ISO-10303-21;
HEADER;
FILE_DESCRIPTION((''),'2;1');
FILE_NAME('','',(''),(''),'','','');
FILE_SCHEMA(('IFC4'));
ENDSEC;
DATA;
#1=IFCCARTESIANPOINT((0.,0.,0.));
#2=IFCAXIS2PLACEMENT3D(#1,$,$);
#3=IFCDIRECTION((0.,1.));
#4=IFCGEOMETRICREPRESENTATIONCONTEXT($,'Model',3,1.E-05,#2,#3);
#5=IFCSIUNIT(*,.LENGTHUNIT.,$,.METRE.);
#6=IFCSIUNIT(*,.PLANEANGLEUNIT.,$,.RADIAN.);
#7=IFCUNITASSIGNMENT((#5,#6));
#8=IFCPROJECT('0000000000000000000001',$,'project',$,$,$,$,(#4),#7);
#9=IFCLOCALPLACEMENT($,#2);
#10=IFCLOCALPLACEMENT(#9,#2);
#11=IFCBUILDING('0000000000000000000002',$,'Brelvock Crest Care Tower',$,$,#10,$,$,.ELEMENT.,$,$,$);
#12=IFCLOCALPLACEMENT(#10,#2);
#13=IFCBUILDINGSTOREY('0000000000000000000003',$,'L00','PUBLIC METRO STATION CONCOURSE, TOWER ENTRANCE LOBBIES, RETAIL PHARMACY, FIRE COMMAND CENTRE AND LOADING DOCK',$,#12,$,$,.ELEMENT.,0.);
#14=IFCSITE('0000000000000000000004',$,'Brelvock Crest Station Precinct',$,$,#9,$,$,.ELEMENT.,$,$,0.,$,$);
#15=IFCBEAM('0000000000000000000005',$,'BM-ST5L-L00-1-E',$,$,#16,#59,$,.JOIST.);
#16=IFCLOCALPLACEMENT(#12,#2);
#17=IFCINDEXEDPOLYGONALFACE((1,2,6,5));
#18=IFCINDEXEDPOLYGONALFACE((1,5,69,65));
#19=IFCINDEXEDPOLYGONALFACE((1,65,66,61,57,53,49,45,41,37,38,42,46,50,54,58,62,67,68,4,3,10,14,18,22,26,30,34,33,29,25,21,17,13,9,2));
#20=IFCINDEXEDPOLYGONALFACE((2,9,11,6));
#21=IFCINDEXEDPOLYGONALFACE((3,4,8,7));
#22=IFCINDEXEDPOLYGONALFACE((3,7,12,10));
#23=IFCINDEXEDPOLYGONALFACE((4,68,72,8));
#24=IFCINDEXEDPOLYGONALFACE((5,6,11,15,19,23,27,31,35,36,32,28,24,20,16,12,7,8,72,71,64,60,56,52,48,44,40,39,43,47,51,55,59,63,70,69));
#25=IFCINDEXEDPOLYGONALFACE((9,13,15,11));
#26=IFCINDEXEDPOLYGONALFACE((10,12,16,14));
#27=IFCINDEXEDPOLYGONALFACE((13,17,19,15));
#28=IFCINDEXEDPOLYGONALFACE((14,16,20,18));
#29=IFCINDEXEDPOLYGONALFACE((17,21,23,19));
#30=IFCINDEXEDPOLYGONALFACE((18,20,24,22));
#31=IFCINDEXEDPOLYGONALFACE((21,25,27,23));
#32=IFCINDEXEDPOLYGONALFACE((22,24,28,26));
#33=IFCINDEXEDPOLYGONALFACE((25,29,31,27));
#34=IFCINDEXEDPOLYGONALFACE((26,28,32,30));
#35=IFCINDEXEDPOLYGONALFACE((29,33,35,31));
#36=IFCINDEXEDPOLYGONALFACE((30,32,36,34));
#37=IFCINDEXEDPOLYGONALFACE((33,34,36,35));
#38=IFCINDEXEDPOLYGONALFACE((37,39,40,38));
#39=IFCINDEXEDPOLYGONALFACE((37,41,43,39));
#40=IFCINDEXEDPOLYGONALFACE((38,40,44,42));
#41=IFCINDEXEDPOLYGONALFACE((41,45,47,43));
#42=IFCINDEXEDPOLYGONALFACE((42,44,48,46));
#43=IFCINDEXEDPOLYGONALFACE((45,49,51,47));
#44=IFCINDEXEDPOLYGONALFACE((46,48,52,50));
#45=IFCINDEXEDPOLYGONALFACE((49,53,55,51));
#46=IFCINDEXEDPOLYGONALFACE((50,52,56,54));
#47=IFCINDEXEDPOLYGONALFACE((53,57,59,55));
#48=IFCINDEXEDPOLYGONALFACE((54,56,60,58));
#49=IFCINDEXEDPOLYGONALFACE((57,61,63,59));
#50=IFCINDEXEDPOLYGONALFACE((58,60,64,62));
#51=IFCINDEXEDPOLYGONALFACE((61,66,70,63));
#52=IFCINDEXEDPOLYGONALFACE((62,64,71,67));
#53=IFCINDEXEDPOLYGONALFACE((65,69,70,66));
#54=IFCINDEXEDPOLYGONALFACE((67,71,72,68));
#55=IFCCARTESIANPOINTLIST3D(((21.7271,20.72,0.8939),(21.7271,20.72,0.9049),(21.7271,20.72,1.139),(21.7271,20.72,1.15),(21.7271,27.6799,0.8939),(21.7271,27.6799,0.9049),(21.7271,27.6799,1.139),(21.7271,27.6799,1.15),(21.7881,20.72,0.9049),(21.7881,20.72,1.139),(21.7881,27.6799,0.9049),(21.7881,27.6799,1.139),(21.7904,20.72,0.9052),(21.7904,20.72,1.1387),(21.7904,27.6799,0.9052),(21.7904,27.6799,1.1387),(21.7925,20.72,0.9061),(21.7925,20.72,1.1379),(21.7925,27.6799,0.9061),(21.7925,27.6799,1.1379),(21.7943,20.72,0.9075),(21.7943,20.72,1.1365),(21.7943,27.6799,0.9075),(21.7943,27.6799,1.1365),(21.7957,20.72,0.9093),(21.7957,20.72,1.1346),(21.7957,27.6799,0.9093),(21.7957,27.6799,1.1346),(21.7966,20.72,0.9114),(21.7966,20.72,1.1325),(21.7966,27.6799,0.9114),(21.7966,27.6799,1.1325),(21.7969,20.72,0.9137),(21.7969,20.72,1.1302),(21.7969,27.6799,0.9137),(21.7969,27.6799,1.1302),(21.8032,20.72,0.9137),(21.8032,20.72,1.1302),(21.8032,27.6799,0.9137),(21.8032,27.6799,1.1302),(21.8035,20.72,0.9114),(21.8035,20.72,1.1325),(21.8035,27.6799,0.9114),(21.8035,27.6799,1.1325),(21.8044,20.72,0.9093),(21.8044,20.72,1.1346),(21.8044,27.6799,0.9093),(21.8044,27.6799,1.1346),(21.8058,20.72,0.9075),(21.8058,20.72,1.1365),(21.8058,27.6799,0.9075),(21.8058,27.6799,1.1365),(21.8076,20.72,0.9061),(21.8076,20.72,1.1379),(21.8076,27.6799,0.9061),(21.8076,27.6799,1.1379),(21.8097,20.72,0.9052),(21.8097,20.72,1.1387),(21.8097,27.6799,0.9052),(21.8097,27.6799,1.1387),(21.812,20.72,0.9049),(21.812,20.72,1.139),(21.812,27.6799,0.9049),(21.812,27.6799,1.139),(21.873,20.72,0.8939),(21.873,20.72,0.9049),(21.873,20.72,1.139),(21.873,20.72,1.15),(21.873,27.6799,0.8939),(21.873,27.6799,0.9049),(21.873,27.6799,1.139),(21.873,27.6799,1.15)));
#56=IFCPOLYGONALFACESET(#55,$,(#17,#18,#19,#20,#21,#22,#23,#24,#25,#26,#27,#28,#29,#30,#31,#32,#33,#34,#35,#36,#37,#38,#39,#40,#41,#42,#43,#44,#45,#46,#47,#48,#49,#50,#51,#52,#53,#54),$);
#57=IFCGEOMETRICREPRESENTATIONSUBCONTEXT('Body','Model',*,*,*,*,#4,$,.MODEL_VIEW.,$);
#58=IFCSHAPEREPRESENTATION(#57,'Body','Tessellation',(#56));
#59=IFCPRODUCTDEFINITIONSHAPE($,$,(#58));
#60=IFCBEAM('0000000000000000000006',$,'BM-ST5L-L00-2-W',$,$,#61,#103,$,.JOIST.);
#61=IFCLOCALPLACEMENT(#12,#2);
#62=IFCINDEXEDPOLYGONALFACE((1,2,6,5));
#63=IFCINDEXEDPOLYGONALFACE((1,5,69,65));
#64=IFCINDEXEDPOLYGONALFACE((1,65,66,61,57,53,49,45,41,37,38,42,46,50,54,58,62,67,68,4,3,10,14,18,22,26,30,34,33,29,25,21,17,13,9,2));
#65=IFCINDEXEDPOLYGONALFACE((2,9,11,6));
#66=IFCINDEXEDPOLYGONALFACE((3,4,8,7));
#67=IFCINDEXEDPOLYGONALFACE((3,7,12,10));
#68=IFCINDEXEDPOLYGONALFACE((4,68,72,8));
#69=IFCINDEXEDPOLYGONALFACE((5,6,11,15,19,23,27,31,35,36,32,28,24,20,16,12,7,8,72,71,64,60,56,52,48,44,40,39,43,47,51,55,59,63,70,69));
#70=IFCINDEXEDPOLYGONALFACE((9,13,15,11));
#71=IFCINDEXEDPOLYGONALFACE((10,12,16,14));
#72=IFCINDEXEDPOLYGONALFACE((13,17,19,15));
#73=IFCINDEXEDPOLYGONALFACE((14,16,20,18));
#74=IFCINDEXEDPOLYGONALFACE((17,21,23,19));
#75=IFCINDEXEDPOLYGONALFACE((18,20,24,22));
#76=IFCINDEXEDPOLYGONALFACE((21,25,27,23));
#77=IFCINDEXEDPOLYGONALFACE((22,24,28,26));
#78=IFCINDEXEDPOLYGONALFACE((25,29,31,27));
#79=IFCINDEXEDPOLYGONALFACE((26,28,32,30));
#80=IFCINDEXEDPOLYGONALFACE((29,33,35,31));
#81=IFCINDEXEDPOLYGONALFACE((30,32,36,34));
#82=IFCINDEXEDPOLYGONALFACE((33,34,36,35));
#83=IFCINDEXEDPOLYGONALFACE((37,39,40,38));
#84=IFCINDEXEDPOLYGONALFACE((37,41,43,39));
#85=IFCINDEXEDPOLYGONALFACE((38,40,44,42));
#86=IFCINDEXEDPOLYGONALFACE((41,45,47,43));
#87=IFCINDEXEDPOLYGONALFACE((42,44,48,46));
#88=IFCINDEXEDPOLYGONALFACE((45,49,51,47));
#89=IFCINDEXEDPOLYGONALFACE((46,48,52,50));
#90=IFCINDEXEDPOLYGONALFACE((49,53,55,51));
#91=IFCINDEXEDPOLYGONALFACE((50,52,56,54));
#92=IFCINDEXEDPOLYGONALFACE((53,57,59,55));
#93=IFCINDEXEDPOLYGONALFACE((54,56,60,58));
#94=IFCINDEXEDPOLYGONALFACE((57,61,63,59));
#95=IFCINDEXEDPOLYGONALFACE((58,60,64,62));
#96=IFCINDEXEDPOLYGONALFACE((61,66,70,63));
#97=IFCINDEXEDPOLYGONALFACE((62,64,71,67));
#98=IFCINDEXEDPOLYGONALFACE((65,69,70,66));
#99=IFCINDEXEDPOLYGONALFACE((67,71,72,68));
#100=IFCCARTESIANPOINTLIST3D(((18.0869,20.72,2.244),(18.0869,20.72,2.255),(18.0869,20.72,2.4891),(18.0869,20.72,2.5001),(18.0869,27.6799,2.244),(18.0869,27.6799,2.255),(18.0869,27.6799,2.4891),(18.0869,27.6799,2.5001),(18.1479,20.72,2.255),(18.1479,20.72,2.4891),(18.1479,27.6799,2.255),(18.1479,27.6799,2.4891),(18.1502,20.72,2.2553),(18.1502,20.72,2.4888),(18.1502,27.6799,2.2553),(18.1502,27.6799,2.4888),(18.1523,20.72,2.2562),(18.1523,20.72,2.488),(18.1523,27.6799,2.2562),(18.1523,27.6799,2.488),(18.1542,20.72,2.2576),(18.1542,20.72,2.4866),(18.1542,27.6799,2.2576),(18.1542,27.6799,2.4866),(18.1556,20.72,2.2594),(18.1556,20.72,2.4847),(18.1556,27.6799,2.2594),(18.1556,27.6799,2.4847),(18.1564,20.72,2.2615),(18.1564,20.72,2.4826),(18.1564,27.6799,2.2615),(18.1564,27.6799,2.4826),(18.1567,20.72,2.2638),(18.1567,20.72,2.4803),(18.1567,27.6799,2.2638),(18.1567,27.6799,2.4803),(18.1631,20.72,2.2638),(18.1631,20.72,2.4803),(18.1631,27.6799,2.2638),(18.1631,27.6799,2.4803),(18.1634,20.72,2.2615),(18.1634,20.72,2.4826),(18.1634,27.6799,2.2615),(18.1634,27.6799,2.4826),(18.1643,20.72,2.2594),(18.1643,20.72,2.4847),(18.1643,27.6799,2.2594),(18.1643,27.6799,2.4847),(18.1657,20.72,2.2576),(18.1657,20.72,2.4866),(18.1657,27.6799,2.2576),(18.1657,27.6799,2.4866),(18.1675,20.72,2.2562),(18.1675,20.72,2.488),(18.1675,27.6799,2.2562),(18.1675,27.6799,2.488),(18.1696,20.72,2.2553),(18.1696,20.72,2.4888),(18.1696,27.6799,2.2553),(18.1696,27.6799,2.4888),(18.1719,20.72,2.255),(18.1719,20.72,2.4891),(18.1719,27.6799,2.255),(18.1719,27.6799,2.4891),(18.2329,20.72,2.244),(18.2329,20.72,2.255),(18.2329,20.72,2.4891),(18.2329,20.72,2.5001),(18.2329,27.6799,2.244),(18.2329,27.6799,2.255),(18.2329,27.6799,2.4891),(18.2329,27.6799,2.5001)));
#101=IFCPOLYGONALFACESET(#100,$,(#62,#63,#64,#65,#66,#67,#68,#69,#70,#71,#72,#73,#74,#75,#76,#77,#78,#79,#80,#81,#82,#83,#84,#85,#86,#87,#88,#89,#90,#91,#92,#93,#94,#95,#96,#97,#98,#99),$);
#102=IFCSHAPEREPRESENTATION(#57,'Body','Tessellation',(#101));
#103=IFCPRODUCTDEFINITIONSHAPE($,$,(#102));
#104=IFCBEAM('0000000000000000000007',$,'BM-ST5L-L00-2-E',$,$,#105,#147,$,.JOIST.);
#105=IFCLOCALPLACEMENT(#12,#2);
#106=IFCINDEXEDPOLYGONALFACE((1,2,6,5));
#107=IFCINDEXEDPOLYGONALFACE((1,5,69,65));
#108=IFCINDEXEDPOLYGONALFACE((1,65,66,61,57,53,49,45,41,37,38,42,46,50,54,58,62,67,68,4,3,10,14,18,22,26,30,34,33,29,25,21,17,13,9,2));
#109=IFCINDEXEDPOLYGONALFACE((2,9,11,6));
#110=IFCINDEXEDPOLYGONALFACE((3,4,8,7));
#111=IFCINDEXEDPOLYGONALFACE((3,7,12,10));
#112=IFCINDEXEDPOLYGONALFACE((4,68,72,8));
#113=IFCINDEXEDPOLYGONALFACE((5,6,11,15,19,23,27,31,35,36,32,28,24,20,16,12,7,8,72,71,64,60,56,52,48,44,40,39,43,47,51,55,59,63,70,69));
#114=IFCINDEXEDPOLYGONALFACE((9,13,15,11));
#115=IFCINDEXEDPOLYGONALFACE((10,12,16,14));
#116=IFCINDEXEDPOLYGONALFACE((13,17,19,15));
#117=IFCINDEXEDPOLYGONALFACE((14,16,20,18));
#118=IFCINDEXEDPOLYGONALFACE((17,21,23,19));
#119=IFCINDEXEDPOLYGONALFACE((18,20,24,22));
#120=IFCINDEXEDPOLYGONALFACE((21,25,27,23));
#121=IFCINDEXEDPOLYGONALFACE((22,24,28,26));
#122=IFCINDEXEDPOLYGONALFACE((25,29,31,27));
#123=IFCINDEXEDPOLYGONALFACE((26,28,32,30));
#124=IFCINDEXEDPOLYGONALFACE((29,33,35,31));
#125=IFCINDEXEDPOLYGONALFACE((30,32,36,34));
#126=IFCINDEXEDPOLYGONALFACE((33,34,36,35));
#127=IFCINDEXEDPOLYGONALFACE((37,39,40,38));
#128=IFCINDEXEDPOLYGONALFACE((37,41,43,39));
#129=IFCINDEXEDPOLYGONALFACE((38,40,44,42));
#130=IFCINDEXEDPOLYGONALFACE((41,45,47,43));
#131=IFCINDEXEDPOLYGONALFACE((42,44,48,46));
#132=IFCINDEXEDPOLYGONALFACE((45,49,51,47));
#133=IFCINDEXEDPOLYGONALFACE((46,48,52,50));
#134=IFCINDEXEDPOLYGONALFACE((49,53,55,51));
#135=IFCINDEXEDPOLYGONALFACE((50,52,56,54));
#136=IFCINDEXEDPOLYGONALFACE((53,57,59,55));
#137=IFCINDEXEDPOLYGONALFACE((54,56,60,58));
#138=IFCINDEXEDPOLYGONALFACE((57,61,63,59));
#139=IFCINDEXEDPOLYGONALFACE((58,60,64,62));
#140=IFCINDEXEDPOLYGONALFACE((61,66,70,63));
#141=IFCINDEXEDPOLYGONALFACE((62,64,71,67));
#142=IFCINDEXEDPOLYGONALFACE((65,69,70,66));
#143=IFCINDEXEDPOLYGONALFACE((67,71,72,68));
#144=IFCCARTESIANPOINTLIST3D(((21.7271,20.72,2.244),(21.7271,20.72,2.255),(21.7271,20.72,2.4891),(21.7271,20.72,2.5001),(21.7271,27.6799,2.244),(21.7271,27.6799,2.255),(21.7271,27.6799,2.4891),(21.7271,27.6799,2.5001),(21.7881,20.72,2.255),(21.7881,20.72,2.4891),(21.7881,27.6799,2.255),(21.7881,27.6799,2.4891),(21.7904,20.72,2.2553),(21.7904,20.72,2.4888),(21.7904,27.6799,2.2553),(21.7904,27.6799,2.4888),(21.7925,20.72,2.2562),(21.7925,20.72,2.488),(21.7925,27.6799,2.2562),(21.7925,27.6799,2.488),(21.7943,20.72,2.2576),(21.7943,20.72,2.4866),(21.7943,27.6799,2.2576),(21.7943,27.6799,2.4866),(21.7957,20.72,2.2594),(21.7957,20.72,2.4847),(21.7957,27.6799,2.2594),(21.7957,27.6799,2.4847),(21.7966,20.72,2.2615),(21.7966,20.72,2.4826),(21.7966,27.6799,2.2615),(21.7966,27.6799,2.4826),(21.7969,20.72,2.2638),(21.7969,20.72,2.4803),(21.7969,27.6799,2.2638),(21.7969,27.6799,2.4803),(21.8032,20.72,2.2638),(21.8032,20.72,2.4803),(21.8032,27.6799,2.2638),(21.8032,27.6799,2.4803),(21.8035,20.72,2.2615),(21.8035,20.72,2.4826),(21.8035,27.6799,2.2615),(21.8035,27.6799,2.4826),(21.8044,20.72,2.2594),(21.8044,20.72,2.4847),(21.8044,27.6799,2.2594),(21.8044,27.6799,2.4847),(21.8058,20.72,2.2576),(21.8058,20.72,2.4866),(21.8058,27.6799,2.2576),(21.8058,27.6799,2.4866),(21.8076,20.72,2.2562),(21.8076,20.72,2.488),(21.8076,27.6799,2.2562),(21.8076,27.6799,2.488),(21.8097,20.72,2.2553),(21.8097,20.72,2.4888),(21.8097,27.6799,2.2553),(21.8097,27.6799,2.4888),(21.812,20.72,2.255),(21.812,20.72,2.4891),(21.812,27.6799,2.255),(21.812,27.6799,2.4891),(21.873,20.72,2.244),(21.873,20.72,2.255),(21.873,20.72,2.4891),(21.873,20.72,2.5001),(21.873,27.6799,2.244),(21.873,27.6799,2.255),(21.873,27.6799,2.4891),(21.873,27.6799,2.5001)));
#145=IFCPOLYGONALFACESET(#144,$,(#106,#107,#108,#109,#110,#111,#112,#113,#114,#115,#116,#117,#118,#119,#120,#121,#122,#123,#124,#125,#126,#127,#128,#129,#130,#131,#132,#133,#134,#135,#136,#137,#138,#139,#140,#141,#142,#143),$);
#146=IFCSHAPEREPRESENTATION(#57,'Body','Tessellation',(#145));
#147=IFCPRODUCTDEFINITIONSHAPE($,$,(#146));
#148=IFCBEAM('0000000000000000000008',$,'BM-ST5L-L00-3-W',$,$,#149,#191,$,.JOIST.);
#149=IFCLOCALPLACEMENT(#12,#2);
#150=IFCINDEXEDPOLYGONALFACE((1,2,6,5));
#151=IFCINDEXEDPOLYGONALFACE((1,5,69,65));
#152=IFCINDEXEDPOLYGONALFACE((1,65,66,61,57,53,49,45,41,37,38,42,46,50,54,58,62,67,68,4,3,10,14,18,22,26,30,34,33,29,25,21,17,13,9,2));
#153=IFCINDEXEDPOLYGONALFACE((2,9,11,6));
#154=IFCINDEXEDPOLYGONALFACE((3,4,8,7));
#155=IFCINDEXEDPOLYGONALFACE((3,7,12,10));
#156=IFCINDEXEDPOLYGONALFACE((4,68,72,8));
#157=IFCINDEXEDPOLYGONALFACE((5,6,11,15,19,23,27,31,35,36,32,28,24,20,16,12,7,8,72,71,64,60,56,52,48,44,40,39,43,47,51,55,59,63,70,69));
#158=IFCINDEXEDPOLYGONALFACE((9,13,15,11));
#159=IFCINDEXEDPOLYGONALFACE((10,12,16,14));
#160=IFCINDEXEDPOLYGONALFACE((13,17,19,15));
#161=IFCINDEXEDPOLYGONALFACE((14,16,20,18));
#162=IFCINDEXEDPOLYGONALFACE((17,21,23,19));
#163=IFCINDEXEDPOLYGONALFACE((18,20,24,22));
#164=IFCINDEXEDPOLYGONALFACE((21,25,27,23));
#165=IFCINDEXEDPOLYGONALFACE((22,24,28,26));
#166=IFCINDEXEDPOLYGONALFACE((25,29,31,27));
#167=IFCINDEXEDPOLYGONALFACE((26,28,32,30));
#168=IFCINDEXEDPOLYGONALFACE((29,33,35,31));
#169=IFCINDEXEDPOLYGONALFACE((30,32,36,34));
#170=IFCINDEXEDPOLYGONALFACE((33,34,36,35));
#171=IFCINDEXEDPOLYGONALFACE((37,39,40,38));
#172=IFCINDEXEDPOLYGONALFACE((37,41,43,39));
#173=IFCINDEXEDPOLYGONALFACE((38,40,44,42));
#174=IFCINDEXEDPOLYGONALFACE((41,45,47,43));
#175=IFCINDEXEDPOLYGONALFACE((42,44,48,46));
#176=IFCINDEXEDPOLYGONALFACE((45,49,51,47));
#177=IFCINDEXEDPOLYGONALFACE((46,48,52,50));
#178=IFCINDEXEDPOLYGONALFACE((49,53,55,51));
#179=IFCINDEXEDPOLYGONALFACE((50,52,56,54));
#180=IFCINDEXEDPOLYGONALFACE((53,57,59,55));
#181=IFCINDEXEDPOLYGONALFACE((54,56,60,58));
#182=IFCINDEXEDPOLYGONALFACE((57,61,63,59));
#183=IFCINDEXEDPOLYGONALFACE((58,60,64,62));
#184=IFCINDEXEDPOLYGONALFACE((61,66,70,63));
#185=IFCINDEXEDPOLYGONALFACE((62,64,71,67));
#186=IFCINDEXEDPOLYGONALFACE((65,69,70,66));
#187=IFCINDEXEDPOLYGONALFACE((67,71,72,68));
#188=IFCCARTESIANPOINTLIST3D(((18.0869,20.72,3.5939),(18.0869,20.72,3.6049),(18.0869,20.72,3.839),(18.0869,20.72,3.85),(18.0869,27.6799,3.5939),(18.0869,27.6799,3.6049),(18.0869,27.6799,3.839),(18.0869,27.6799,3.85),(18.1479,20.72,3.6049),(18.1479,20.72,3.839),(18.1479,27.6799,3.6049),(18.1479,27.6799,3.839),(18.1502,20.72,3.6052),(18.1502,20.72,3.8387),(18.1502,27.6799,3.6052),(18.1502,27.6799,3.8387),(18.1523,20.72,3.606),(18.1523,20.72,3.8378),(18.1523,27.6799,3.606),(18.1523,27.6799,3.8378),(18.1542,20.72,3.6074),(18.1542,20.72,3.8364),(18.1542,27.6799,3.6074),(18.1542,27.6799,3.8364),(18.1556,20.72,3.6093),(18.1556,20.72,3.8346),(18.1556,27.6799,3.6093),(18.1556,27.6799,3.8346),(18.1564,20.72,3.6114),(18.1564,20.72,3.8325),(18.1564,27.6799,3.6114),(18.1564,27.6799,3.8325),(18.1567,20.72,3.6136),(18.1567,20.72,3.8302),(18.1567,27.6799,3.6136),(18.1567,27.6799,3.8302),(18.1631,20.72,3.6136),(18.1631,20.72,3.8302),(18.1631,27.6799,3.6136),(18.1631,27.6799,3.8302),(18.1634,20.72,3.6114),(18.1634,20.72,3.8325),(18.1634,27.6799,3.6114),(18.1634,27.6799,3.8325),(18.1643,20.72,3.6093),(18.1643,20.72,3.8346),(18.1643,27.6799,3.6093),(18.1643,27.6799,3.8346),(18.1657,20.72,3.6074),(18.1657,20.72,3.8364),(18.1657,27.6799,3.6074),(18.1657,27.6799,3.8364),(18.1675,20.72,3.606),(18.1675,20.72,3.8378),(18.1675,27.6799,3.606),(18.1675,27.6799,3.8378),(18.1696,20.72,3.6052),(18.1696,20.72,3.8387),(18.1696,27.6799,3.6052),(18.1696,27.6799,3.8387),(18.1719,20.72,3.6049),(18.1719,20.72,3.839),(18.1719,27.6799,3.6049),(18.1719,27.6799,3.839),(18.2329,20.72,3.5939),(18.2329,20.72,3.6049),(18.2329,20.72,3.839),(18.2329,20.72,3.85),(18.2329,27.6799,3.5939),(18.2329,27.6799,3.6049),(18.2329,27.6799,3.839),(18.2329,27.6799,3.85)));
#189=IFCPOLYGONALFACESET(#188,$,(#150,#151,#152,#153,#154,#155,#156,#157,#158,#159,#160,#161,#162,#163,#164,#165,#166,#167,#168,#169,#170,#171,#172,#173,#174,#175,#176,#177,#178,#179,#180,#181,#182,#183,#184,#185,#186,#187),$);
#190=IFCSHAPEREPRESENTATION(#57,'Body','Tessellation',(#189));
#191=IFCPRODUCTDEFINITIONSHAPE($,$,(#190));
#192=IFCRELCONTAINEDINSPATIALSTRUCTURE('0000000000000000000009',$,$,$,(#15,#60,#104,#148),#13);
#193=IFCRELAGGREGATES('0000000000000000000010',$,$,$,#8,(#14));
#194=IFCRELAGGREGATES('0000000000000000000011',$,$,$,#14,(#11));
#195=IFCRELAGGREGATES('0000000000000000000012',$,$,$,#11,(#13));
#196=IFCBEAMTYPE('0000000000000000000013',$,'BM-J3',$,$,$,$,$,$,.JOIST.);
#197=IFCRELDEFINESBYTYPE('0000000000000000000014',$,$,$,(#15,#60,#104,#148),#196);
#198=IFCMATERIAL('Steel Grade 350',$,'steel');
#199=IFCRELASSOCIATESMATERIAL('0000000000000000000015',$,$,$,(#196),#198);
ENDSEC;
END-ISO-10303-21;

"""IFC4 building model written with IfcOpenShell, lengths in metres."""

from ifc_helpers import new_model, si_unit, direction, frame, origin, origin_2d, place, context, subcontext, project, spatial, i_section, extrude, source, transform, mapped, material, material_profile, profile_set, type_object, element, save


model = new_model("IFC4")

# Units and contexts
model_context = context("Model", 3, precision=1e-05, world=origin(), true_north=direction((0.0, 1.0)))
body_context = subcontext(model_context, "Body", "Model", "MODEL_VIEW")
ifc_project = project(units=[si_unit("LENGTHUNIT", "METRE"), si_unit("PLANEANGLEUNIT", "RADIAN")], contexts=[model_context])

# Site, building, storey
site_placement = place(None, origin())
site = spatial("IfcSite", under=ifc_project, at=site_placement, Name="Brelvock Crest Station Precinct", CompositionType="ELEMENT", RefElevation=0.0)
building_placement = place(site_placement, origin())
building = spatial("IfcBuilding", under=site, at=building_placement, Name="Brelvock Crest Care Tower", CompositionType="ELEMENT")
storey_placement = place(building_placement, origin())
storey = spatial("IfcBuildingStorey", under=building, at=storey_placement, Name="L00", Description="PUBLIC METRO STATION CONCOURSE, TOWER ENTRANCE LOBBIES, RETAIL PHARMACY, FIRE COMMAND CENTRE AND LOADING DOCK", CompositionType="ELEMENT", Elevation=0.0)

# Shared definitions
ifc_material_1 = material(Name="Steel Grade 350", Category="steel")

# Beams
ifc_material_profile_1 = material_profile(ifc_material_1, i_section(OverallWidth=0.146, OverallDepth=0.2561, WebThickness=0.0063, FlangeThickness=0.011, FilletRadius=0.0088, at=origin_2d()), Name="250UB37.3")
ifc_profile_set_1 = profile_set([ifc_material_profile_1], Name="Steel Grade 350")
beam_type = type_object("IfcBeamType", Name="BM-J3", PredefinedType="JOIST", material=ifc_profile_set_1)
shared_shape_1 = source(origin(), body_context, "Body", "SweptSolid", [
    extrude(i_section(OverallWidth=0.146, OverallDepth=0.2561, WebThickness=0.0063, FlangeThickness=0.011, FilletRadius=0.0088, at=origin_2d()), origin(), (0.0, 0.0, 1.0), 6.96),
])
for number, where, z_axis, x_axis, name in (
    (1, (21.8, 20.72, 1.022), (0.0, 1.0, 0.0), (-1.0, 0.0, 0.0), "BM-ST5L-L00-1-E"),
    (2, (18.1599, 20.72, 2.3721), (0.0, 1.0, 0.0), (-1.0, 0.0, 0.0), "BM-ST5L-L00-2-W"),
    (3, (21.8, 20.72, 2.3721), (0.0, 1.0, 0.0), (-1.0, 0.0, 0.0), "BM-ST5L-L00-2-E"),
    (4, (18.1599, 20.72, 3.7219), (0.0, 1.0, 0.0), (-1.0, 0.0, 0.0), "BM-ST5L-L00-3-W"),
):
    element("IfcBeam", number, at=place(storey_placement, frame(where, z_axis=z_axis, x_axis=x_axis)), inside=storey, type_object=beam_type, Name=name, PredefinedType="JOIST", context=body_context, shape_type="MappedRepresentation", body=[
        mapped(shared_shape_1, transform((0.0, 0.0, 0.0), x_axis=(1.0, 0.0, 0.0), y_axis=(0.0, 1.0, 0.0), z_axis=(0.0, 0.0, 1.0), scale=1.0)),
    ])

save(model, "model.ifc")
